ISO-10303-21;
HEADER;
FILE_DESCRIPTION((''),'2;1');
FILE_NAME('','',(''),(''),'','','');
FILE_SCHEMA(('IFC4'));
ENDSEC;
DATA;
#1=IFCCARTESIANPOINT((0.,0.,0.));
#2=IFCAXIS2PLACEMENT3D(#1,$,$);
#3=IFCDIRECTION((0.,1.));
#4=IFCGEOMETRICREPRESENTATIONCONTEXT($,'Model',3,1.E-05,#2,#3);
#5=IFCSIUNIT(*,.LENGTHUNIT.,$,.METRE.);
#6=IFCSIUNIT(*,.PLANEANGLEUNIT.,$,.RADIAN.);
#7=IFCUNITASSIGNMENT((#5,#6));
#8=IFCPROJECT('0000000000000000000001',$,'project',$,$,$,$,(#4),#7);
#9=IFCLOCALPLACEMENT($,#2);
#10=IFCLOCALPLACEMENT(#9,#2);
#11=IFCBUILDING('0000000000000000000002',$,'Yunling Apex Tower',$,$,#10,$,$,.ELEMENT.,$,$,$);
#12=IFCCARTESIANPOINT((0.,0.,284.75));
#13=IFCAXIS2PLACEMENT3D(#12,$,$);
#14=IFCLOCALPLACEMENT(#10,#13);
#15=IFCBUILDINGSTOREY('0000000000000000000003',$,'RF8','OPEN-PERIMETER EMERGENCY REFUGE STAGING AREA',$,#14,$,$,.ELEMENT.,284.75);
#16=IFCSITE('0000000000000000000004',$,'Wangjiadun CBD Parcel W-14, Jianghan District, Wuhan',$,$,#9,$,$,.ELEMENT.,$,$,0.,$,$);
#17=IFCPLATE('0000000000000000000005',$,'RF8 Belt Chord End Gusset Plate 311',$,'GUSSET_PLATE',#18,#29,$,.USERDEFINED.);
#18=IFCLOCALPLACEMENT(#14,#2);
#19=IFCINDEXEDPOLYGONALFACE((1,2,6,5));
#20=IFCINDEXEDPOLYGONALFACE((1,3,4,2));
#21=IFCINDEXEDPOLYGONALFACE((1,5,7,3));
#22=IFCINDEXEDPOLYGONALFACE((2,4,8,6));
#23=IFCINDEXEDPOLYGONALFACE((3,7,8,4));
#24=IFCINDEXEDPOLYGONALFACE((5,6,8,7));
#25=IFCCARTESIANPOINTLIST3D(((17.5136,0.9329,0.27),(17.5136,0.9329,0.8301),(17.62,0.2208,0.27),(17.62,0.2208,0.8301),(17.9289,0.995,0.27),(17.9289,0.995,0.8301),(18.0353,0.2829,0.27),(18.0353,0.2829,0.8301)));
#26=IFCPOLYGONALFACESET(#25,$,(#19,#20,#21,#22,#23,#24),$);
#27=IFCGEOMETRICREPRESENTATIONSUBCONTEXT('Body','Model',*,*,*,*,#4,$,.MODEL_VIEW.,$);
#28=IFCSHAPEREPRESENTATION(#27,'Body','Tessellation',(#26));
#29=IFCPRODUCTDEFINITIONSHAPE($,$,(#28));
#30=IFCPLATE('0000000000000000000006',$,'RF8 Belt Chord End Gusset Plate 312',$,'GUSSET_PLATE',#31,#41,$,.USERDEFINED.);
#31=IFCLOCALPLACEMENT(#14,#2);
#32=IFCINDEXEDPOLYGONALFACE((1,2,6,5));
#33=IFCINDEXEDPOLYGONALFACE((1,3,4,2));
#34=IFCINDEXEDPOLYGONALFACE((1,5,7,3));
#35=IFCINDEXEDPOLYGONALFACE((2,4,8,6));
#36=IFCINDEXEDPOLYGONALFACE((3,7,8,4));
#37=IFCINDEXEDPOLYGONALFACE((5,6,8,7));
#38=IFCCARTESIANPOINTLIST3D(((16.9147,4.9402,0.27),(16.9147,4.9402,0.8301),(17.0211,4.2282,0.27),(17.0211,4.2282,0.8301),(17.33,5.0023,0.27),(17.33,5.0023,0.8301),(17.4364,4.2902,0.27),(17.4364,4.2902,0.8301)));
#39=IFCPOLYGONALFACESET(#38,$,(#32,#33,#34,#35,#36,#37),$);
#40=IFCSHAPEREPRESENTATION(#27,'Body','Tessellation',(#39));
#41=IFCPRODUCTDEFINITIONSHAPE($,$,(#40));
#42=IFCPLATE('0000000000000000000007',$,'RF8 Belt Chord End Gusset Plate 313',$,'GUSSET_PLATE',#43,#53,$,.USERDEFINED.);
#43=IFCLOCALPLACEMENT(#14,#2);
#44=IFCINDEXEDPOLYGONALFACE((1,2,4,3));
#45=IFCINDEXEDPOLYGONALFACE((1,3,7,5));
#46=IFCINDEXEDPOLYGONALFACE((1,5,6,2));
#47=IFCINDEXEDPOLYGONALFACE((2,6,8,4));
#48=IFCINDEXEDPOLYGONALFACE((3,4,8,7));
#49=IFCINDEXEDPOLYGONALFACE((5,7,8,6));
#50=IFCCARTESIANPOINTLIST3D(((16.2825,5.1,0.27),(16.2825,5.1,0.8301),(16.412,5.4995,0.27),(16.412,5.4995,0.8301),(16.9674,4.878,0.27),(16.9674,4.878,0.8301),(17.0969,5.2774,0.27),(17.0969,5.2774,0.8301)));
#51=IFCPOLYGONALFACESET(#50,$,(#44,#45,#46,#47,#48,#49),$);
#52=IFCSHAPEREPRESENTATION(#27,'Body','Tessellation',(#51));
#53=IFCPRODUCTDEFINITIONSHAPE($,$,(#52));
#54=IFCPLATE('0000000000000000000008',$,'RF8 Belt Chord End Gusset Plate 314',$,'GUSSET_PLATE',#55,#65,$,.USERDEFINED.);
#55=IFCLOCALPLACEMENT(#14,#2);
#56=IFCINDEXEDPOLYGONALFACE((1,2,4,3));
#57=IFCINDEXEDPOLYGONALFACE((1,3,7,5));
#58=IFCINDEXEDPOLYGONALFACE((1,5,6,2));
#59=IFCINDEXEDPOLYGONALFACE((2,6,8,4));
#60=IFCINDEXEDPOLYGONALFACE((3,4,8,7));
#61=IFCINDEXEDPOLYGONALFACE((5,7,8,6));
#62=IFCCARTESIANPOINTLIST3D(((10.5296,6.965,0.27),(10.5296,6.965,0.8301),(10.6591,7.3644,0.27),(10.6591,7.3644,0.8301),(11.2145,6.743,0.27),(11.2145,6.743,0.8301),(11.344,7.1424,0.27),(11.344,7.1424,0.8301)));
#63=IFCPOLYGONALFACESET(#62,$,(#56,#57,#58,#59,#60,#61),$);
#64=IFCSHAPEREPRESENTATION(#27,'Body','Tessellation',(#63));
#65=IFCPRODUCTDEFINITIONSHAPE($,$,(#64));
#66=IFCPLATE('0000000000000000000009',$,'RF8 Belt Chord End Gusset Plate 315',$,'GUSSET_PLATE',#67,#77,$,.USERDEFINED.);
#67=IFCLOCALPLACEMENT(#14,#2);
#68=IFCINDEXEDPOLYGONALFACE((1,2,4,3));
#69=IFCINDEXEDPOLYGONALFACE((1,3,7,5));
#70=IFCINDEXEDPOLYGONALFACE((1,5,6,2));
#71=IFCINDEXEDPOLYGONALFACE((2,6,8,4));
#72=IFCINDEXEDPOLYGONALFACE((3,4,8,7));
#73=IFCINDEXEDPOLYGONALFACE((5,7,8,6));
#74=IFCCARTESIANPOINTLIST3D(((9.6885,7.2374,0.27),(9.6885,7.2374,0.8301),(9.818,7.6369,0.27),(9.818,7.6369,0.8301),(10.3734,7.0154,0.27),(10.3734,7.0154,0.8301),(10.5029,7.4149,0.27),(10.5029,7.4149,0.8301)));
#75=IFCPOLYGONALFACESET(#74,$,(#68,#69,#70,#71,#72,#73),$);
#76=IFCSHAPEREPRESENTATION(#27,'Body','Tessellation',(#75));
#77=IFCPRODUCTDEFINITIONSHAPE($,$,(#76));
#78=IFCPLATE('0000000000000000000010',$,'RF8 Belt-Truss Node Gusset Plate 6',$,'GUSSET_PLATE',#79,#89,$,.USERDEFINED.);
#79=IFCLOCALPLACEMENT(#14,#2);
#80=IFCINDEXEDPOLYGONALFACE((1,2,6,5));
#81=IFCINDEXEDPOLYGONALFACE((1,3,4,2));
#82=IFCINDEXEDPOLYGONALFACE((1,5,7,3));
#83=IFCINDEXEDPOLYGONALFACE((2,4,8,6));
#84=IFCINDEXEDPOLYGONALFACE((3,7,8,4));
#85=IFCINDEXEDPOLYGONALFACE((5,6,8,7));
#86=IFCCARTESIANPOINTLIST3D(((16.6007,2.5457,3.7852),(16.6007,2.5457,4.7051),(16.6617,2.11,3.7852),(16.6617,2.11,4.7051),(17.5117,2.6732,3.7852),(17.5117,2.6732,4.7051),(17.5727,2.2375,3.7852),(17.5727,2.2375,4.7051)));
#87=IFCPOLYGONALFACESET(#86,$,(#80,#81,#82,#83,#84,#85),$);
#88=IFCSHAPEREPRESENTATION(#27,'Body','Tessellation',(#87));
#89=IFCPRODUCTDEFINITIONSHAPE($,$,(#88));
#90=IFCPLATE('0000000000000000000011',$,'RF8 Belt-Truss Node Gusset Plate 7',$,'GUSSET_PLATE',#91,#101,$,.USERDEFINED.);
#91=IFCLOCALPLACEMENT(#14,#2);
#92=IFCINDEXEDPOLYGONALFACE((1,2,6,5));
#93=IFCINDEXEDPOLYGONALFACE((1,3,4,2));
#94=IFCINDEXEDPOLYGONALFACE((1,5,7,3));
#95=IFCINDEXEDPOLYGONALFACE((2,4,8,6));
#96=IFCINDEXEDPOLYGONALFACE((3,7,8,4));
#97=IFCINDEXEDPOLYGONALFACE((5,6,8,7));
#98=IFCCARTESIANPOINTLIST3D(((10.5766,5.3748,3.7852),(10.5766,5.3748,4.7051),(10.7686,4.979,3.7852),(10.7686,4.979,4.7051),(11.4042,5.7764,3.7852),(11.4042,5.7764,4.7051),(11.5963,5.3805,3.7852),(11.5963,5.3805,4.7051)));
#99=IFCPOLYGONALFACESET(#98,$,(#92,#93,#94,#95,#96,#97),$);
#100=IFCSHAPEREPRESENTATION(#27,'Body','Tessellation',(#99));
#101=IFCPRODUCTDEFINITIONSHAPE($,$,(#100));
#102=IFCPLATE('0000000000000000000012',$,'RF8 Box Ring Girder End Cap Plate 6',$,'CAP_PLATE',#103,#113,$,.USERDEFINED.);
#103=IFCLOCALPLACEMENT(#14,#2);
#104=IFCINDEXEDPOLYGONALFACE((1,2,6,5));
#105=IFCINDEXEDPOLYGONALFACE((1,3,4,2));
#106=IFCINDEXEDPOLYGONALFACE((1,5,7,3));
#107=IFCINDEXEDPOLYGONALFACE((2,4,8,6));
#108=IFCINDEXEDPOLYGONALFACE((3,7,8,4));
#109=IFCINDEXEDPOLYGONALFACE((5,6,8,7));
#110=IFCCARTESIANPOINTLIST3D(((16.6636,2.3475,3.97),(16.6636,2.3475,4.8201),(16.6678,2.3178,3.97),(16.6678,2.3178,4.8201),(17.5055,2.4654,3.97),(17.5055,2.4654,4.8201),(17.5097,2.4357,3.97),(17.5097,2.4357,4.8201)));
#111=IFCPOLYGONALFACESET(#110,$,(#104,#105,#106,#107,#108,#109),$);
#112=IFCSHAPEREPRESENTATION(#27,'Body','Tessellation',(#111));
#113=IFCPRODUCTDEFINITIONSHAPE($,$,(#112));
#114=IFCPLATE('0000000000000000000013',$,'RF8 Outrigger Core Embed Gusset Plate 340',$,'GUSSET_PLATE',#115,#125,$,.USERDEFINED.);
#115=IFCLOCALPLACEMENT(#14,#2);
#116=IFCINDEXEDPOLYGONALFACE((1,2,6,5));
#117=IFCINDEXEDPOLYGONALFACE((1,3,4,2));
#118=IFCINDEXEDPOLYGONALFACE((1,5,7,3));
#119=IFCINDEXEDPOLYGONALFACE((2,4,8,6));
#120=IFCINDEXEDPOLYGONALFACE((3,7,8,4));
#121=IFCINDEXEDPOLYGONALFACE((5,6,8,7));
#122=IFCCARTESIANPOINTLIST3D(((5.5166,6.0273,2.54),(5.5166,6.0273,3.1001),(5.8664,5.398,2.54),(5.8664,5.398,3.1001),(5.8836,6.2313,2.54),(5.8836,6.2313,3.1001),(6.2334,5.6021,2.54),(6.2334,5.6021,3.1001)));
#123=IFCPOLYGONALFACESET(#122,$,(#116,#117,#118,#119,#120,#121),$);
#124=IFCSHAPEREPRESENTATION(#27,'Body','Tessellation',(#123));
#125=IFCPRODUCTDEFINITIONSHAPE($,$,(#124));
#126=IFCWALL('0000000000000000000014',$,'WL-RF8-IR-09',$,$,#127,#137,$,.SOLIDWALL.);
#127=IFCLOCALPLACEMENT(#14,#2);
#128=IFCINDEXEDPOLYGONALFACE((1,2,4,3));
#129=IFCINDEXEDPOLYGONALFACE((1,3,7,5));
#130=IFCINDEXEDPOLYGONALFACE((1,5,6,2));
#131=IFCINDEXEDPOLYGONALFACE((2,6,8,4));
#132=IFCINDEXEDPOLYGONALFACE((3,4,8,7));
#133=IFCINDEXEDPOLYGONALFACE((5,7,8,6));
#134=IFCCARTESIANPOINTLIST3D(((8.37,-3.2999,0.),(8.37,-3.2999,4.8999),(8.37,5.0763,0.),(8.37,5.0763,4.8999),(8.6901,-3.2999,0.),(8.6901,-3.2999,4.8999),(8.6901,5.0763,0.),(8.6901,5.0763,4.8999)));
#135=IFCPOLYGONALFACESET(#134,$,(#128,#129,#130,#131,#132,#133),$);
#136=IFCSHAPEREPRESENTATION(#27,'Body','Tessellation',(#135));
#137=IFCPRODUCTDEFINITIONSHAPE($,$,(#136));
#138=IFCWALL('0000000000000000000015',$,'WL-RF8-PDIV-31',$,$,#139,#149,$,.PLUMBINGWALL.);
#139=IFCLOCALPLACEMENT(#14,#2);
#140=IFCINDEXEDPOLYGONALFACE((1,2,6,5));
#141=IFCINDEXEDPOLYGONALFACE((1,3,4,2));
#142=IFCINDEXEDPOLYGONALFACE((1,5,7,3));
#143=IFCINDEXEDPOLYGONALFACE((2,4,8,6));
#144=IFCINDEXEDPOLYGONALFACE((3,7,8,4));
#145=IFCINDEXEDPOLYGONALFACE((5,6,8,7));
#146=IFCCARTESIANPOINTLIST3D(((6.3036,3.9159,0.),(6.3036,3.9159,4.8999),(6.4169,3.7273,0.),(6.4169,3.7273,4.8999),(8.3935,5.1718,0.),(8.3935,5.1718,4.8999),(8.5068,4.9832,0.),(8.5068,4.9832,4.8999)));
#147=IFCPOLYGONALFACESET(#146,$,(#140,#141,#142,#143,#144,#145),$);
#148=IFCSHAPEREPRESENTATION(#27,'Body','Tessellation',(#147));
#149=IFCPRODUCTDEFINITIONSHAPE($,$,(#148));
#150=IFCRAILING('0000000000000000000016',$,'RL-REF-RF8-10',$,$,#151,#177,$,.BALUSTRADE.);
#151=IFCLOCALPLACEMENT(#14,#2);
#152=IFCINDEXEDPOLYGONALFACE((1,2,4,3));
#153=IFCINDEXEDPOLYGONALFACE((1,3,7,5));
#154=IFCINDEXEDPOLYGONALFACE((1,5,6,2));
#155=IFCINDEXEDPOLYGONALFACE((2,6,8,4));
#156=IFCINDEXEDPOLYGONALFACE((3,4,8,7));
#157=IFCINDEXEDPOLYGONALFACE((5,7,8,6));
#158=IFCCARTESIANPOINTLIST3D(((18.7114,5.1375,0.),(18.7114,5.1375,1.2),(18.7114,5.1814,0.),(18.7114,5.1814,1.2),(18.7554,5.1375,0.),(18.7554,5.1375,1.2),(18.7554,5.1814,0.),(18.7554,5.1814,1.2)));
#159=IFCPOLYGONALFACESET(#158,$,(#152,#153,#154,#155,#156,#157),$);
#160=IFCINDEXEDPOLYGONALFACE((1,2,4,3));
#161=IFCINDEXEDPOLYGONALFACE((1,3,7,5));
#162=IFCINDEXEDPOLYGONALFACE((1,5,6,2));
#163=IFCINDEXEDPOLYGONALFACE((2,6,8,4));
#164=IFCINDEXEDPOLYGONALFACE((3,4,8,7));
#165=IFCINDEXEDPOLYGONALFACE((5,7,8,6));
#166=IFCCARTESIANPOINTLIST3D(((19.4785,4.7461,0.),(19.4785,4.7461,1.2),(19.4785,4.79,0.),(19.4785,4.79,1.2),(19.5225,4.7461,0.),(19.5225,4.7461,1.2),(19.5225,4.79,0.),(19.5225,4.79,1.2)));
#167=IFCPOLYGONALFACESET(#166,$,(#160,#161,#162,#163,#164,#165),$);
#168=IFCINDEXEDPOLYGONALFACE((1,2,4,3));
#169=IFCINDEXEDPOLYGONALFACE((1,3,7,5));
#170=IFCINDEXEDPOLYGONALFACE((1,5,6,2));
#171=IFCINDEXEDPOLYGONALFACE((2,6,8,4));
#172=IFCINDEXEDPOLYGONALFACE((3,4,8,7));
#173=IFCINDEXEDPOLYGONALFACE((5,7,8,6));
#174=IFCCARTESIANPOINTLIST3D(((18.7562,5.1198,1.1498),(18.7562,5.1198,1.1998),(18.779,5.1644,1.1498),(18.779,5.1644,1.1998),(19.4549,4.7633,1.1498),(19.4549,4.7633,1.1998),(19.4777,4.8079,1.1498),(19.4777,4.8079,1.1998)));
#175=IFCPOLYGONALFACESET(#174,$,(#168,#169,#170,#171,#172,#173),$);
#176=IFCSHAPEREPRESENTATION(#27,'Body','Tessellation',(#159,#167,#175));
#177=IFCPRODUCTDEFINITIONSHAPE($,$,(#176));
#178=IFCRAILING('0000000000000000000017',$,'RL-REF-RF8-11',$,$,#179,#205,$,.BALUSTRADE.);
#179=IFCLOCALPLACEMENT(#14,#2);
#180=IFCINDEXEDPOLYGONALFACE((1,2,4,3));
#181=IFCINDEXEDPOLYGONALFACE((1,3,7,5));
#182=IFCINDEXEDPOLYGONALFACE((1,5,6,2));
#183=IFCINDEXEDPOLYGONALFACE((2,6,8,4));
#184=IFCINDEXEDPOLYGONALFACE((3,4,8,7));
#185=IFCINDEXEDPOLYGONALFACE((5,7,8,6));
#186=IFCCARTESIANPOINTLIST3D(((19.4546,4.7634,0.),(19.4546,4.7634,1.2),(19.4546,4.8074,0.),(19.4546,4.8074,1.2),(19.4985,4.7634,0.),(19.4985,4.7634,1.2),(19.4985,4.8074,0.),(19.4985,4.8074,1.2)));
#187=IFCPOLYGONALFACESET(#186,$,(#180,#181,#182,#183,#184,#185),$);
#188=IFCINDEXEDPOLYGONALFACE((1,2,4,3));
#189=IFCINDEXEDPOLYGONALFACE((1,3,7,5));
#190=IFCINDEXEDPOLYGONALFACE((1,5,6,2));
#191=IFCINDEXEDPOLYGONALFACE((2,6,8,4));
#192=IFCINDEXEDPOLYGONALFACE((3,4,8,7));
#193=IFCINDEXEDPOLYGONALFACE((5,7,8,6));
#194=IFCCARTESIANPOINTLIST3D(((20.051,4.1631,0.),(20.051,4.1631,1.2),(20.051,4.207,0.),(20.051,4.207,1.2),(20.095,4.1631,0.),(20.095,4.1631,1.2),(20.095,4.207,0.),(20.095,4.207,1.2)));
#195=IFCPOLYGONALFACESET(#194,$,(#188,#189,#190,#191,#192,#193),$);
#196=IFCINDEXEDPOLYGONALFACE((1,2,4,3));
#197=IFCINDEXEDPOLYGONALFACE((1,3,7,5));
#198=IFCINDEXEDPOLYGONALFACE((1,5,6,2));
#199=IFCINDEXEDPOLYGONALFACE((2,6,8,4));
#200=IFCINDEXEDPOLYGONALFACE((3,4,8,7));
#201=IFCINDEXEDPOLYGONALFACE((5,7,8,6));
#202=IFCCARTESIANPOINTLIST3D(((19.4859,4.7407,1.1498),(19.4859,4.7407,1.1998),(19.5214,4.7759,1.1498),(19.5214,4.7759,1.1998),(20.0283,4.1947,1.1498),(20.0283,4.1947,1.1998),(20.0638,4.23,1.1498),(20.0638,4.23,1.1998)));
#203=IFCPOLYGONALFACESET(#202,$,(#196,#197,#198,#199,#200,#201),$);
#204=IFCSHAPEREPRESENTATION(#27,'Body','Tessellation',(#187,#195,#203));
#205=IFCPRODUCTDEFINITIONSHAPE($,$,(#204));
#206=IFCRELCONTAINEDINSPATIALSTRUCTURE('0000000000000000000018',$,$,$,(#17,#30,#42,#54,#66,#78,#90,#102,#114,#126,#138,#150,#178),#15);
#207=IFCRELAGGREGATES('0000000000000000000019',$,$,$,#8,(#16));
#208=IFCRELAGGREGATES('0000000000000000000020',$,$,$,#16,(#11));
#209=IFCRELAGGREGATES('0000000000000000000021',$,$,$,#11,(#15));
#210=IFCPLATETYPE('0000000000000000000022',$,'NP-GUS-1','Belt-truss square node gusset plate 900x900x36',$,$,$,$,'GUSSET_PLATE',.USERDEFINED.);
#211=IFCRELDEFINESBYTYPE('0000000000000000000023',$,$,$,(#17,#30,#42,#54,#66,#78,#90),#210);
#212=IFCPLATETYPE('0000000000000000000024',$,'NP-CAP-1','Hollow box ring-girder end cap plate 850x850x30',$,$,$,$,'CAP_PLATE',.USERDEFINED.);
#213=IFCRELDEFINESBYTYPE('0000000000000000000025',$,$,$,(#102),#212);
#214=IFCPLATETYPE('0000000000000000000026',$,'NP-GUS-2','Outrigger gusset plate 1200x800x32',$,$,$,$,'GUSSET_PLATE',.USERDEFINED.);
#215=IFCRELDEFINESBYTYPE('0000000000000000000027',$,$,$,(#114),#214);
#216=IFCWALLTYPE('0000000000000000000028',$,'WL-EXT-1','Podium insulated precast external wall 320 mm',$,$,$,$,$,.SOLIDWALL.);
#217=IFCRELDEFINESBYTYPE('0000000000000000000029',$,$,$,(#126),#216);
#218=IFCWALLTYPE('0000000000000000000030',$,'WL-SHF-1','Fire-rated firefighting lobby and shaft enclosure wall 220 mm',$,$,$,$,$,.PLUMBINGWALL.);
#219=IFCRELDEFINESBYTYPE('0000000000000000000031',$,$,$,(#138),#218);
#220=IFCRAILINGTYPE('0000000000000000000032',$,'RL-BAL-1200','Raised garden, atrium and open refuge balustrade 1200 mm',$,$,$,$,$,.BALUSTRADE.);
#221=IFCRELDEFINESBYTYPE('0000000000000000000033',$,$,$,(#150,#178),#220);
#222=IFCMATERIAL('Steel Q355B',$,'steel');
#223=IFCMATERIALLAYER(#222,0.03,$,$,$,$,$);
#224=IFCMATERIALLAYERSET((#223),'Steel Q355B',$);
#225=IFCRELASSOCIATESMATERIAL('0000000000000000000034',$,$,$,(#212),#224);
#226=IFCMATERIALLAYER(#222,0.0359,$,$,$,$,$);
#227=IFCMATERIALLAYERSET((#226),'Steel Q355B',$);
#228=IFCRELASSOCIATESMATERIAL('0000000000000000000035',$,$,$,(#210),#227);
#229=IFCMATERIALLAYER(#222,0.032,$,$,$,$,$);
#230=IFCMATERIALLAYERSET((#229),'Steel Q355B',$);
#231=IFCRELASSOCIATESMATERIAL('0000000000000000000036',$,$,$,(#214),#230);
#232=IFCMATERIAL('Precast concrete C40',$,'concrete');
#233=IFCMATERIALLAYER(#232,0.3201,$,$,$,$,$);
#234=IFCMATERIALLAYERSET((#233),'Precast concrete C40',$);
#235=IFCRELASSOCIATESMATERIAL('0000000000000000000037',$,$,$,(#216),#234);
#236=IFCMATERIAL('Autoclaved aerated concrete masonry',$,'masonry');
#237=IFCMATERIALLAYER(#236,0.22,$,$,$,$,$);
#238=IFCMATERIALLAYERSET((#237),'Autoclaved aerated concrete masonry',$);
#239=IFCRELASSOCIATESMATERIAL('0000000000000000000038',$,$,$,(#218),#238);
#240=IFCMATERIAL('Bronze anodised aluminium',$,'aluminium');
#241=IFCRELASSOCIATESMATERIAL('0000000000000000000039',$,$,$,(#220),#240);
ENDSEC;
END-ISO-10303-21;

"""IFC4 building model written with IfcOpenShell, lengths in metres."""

from ifc_helpers import new_model, si_unit, direction, frame, frame_2d, origin, origin_2d, place, context, subcontext, project, spatial, rectangle, extrude, source, transform, mapped, material, layer, layer_set, type_object, element, save


model = new_model("IFC4")

# Units and contexts
model_context = context("Model", 3, precision=1e-05, world=origin(), true_north=direction((0.0, 1.0)))
body_context = subcontext(model_context, "Body", "Model", "MODEL_VIEW")
ifc_project = project(units=[si_unit("LENGTHUNIT", "METRE"), si_unit("PLANEANGLEUNIT", "RADIAN")], contexts=[model_context])

# Site, building, storey
site_placement = place(None, origin())
site = spatial("IfcSite", under=ifc_project, at=site_placement, Name="Wangjiadun CBD Parcel W-14, Jianghan District, Wuhan", CompositionType="ELEMENT", RefElevation=0.0)
building_placement = place(site_placement, origin())
building = spatial("IfcBuilding", under=site, at=building_placement, Name="Yunling Apex Tower", CompositionType="ELEMENT")
storey_placement = place(building_placement, frame((0.0, 0.0, 284.75)))
storey = spatial("IfcBuildingStorey", under=building, at=storey_placement, Name="RF8", Description="OPEN-PERIMETER EMERGENCY REFUGE STAGING AREA", CompositionType="ELEMENT", Elevation=284.75)

# Shared definitions
ifc_material_1 = material(Name="Steel Q355B", Category="steel")

# Plates
ifc_layer_1 = layer(ifc_material_1, 0.03)
ifc_layer_set_1 = layer_set([ifc_layer_1], Name="Steel Q355B")
plate_type_1 = type_object("IfcPlateType", Name="NP-CAP-1", Description="Hollow box ring-girder end cap plate 850x850x30", ElementType="CAP_PLATE", PredefinedType="USERDEFINED", material=ifc_layer_set_1)
ifc_layer_2 = layer(ifc_material_1, 0.0359)
ifc_layer_set_2 = layer_set([ifc_layer_2], Name="Steel Q355B")
plate_type_2 = type_object("IfcPlateType", Name="NP-GUS-1", Description="Belt-truss square node gusset plate 900x900x36", ElementType="GUSSET_PLATE", PredefinedType="USERDEFINED", material=ifc_layer_set_2)
shared_shape_1 = source(origin(), body_context, "Body", "SweptSolid", [
    extrude(rectangle(XDim=0.72, YDim=0.4199, at=origin_2d()), origin(), (0.0, 0.0, 1.0), 0.5601),
])
for number, where, z_axis, x_axis, name in (
    (1, (17.7744, 0.6079, 0.27), (0.0, 0.0, 1.0), (-0.147809, 0.989016, 0.0), "RF8 Belt Chord End Gusset Plate 311"),
    (2, (17.1755, 4.6152, 0.27), (0.0, 0.0, 1.0), (-0.147809, 0.989016, 0.0), "RF8 Belt Chord End Gusset Plate 312"),
    (3, (16.6897, 5.1887, 0.27), (0.0, 0.0, 1.0), (-0.951272, 0.308353, 0.0), "RF8 Belt Chord End Gusset Plate 313"),
    (4, (10.9368, 7.0537, 0.27), (0.0, 0.0, 1.0), (-0.951272, 0.308353, 0.0), "RF8 Belt Chord End Gusset Plate 314"),
    (5, (10.0957, 7.3262, 0.27), (0.0, 0.0, 1.0), (-0.951272, 0.308353, 0.0), "RF8 Belt Chord End Gusset Plate 315"),
):
    element("IfcPlate", number, at=place(storey_placement, frame(where, z_axis=z_axis, x_axis=x_axis)), inside=storey, type_object=plate_type_2, Name=name, ObjectType="GUSSET_PLATE", PredefinedType="USERDEFINED", context=body_context, shape_type="MappedRepresentation", body=[
        mapped(shared_shape_1, transform((0.0, 0.0, 0.0), scale=1.0)),
    ])
shared_shape_2 = source(origin(), body_context, "Body", "SweptSolid", [
    extrude(rectangle(XDim=0.9199, YDim=0.4399, at=origin_2d()), origin(), (0.0, 0.0, 1.0), 0.9199),
])
for number, where, z_axis, x_axis, name in (
    (6, (17.0867, 2.3916, 3.7852), (0.0, 0.0, 1.0), (0.990341, 0.138655, 0.0), "RF8 Belt-Truss Node Gusset Plate 6"),
    (7, (11.0864, 5.3777, 3.7852), (0.0, 0.0, 1.0), (0.89971, 0.436488, 0.0), "RF8 Belt-Truss Node Gusset Plate 7"),
):
    element("IfcPlate", number, at=place(storey_placement, frame(where, z_axis=z_axis, x_axis=x_axis)), inside=storey, type_object=plate_type_2, Name=name, ObjectType="GUSSET_PLATE", PredefinedType="USERDEFINED", context=body_context, shape_type="MappedRepresentation", body=[
        mapped(shared_shape_2, transform((0.0, 0.0, 0.0), scale=1.0)),
    ])
shared_shape_3 = source(origin(), body_context, "Body", "SweptSolid", [
    extrude(rectangle(XDim=0.8501, YDim=0.03, at=origin_2d()), origin(), (0.0, 0.0, 1.0), 0.8501),
])
plate_1_placement = place(storey_placement, frame((17.0867, 2.3916, 3.97), z_axis=(0.0, 0.0, 1.0), x_axis=(0.990341, 0.138655, 0.0)))
element("IfcPlate", 8, at=plate_1_placement, inside=storey, type_object=plate_type_1, Name="RF8 Box Ring Girder End Cap Plate 6", ObjectType="CAP_PLATE", PredefinedType="USERDEFINED", context=body_context, shape_type="MappedRepresentation", body=[
    mapped(shared_shape_3, transform((0.0, 0.0, 0.0), scale=1.0)),
])
ifc_layer_3 = layer(ifc_material_1, 0.032)
ifc_layer_set_3 = layer_set([ifc_layer_3], Name="Steel Q355B")
plate_type_3 = type_object("IfcPlateType", Name="NP-GUS-2", Description="Outrigger gusset plate 1200x800x32", ElementType="GUSSET_PLATE", PredefinedType="USERDEFINED", material=ifc_layer_set_3)
shared_shape_4 = source(origin(), body_context, "Body", "SweptSolid", [
    extrude(rectangle(XDim=0.72, YDim=0.4199, at=origin_2d()), origin(), (0.0, 0.0, 1.0), 0.5601),
])
plate_2_placement = place(storey_placement, frame((5.875, 5.8147, 2.54), z_axis=(0.0, 0.0, 1.0), x_axis=(-0.485878, 0.874027, 0.0)))
element("IfcPlate", 9, at=plate_2_placement, inside=storey, type_object=plate_type_3, Name="RF8 Outrigger Core Embed Gusset Plate 340", ObjectType="GUSSET_PLATE", PredefinedType="USERDEFINED", context=body_context, shape_type="MappedRepresentation", body=[
    mapped(shared_shape_4, transform((0.0, 0.0, 0.0), scale=1.0)),
])

# Walls
ifc_material_2 = material(Name="Precast concrete C40", Category="concrete")
ifc_layer_4 = layer(ifc_material_2, 0.3201)
ifc_layer_set_4 = layer_set([ifc_layer_4], Name="Precast concrete C40")
wall_type_1 = type_object("IfcWallType", Name="WL-EXT-1", Description="Podium insulated precast external wall 320 mm", PredefinedType="SOLIDWALL", material=ifc_layer_set_4)
wall_1_placement = place(storey_placement, frame((8.53, 5.0762, 0.0), z_axis=(0.0, 0.0, 1.0), x_axis=(0.0, -1.0, 0.0)))
element("IfcWall", 10, at=wall_1_placement, inside=storey, type_object=wall_type_1, Name="WL-RF8-IR-09", PredefinedType="SOLIDWALL", context=body_context, shape_type="SweptSolid", body=[
    extrude(rectangle(XDim=8.3762, YDim=0.3201, at=frame_2d((4.188, 0.0))), origin(), (0.0, 0.0, 1.0), 4.8999),
])
ifc_material_3 = material(Name="Autoclaved aerated concrete masonry", Category="masonry")
ifc_layer_5 = layer(ifc_material_3, 0.22)
ifc_layer_set_5 = layer_set([ifc_layer_5], Name="Autoclaved aerated concrete masonry")
wall_type_2 = type_object("IfcWallType", Name="WL-SHF-1", Description="Fire-rated firefighting lobby and shaft enclosure wall 220 mm", PredefinedType="PLUMBINGWALL", material=ifc_layer_set_5)
wall_2_placement = place(storey_placement, frame((6.3601, 3.8215, 0.0), z_axis=(0.0, 0.0, 1.0), x_axis=(0.857139, 0.515085, 0.0)))
element("IfcWall", 11, at=wall_2_placement, inside=storey, type_object=wall_type_2, Name="WL-RF8-PDIV-31", PredefinedType="PLUMBINGWALL", context=body_context, shape_type="SweptSolid", body=[
    extrude(rectangle(XDim=2.4382, YDim=0.22, at=frame_2d((1.2192, 0.0))), origin(), (0.0, 0.0, 1.0), 4.8999),
])

# Railings
ifc_material_4 = material(Name="Bronze anodised aluminium", Category="aluminium")
railing_type = type_object("IfcRailingType", Name="RL-BAL-1200", Description="Raised garden, atrium and open refuge balustrade 1200 mm", PredefinedType="BALUSTRADE", material=ifc_material_4)
railing_1_placement = place(storey_placement, frame((18.7334, 5.1594, 0.0)))
element("IfcRailing", 12, at=railing_1_placement, inside=storey, type_object=railing_type, Name="RL-REF-RF8-10", PredefinedType="BALUSTRADE", context=body_context, shape_type="SweptSolid", body=[
    extrude(rectangle(XDim=0.0439, YDim=0.0439, at=origin_2d()), origin(), (0.0, 0.0, 1.0), 1.2),
    extrude(rectangle(XDim=0.0439, YDim=0.0439, at=origin_2d()), frame((0.7671, -0.3914, 0.0)), (0.0, 0.0, 1.0), 1.2),
    extrude(rectangle(XDim=0.05, YDim=0.05, at=origin_2d()), frame((0.0342, -0.0173, 1.1748), z_axis=(0.890769, -0.454457, 0.0), x_axis=(0.454457, 0.890769, 0.0)), (0.0, 0.0, 1.0), 0.7844),
])
railing_2_placement = place(storey_placement, frame((19.4766, 4.7854, 0.0)))
element("IfcRailing", 13, at=railing_2_placement, inside=storey, type_object=railing_type, Name="RL-REF-RF8-11", PredefinedType="BALUSTRADE", context=body_context, shape_type="SweptSolid", body=[
    extrude(rectangle(XDim=0.0439, YDim=0.0439, at=origin_2d()), origin(), (0.0, 0.0, 1.0), 1.2),
    extrude(rectangle(XDim=0.0439, YDim=0.0439, at=origin_2d()), frame((0.5964, -0.6003, 0.0)), (0.0, 0.0, 1.0), 1.2),
    extrude(rectangle(XDim=0.05, YDim=0.05, at=origin_2d()), frame((0.0271, -0.0271, 1.1748), z_axis=(0.704795, -0.709411, 0.0), x_axis=(0.709411, 0.704795, 0.0)), (0.0, 0.0, 1.0), 0.7695),
])

save(model, "model.ifc")
